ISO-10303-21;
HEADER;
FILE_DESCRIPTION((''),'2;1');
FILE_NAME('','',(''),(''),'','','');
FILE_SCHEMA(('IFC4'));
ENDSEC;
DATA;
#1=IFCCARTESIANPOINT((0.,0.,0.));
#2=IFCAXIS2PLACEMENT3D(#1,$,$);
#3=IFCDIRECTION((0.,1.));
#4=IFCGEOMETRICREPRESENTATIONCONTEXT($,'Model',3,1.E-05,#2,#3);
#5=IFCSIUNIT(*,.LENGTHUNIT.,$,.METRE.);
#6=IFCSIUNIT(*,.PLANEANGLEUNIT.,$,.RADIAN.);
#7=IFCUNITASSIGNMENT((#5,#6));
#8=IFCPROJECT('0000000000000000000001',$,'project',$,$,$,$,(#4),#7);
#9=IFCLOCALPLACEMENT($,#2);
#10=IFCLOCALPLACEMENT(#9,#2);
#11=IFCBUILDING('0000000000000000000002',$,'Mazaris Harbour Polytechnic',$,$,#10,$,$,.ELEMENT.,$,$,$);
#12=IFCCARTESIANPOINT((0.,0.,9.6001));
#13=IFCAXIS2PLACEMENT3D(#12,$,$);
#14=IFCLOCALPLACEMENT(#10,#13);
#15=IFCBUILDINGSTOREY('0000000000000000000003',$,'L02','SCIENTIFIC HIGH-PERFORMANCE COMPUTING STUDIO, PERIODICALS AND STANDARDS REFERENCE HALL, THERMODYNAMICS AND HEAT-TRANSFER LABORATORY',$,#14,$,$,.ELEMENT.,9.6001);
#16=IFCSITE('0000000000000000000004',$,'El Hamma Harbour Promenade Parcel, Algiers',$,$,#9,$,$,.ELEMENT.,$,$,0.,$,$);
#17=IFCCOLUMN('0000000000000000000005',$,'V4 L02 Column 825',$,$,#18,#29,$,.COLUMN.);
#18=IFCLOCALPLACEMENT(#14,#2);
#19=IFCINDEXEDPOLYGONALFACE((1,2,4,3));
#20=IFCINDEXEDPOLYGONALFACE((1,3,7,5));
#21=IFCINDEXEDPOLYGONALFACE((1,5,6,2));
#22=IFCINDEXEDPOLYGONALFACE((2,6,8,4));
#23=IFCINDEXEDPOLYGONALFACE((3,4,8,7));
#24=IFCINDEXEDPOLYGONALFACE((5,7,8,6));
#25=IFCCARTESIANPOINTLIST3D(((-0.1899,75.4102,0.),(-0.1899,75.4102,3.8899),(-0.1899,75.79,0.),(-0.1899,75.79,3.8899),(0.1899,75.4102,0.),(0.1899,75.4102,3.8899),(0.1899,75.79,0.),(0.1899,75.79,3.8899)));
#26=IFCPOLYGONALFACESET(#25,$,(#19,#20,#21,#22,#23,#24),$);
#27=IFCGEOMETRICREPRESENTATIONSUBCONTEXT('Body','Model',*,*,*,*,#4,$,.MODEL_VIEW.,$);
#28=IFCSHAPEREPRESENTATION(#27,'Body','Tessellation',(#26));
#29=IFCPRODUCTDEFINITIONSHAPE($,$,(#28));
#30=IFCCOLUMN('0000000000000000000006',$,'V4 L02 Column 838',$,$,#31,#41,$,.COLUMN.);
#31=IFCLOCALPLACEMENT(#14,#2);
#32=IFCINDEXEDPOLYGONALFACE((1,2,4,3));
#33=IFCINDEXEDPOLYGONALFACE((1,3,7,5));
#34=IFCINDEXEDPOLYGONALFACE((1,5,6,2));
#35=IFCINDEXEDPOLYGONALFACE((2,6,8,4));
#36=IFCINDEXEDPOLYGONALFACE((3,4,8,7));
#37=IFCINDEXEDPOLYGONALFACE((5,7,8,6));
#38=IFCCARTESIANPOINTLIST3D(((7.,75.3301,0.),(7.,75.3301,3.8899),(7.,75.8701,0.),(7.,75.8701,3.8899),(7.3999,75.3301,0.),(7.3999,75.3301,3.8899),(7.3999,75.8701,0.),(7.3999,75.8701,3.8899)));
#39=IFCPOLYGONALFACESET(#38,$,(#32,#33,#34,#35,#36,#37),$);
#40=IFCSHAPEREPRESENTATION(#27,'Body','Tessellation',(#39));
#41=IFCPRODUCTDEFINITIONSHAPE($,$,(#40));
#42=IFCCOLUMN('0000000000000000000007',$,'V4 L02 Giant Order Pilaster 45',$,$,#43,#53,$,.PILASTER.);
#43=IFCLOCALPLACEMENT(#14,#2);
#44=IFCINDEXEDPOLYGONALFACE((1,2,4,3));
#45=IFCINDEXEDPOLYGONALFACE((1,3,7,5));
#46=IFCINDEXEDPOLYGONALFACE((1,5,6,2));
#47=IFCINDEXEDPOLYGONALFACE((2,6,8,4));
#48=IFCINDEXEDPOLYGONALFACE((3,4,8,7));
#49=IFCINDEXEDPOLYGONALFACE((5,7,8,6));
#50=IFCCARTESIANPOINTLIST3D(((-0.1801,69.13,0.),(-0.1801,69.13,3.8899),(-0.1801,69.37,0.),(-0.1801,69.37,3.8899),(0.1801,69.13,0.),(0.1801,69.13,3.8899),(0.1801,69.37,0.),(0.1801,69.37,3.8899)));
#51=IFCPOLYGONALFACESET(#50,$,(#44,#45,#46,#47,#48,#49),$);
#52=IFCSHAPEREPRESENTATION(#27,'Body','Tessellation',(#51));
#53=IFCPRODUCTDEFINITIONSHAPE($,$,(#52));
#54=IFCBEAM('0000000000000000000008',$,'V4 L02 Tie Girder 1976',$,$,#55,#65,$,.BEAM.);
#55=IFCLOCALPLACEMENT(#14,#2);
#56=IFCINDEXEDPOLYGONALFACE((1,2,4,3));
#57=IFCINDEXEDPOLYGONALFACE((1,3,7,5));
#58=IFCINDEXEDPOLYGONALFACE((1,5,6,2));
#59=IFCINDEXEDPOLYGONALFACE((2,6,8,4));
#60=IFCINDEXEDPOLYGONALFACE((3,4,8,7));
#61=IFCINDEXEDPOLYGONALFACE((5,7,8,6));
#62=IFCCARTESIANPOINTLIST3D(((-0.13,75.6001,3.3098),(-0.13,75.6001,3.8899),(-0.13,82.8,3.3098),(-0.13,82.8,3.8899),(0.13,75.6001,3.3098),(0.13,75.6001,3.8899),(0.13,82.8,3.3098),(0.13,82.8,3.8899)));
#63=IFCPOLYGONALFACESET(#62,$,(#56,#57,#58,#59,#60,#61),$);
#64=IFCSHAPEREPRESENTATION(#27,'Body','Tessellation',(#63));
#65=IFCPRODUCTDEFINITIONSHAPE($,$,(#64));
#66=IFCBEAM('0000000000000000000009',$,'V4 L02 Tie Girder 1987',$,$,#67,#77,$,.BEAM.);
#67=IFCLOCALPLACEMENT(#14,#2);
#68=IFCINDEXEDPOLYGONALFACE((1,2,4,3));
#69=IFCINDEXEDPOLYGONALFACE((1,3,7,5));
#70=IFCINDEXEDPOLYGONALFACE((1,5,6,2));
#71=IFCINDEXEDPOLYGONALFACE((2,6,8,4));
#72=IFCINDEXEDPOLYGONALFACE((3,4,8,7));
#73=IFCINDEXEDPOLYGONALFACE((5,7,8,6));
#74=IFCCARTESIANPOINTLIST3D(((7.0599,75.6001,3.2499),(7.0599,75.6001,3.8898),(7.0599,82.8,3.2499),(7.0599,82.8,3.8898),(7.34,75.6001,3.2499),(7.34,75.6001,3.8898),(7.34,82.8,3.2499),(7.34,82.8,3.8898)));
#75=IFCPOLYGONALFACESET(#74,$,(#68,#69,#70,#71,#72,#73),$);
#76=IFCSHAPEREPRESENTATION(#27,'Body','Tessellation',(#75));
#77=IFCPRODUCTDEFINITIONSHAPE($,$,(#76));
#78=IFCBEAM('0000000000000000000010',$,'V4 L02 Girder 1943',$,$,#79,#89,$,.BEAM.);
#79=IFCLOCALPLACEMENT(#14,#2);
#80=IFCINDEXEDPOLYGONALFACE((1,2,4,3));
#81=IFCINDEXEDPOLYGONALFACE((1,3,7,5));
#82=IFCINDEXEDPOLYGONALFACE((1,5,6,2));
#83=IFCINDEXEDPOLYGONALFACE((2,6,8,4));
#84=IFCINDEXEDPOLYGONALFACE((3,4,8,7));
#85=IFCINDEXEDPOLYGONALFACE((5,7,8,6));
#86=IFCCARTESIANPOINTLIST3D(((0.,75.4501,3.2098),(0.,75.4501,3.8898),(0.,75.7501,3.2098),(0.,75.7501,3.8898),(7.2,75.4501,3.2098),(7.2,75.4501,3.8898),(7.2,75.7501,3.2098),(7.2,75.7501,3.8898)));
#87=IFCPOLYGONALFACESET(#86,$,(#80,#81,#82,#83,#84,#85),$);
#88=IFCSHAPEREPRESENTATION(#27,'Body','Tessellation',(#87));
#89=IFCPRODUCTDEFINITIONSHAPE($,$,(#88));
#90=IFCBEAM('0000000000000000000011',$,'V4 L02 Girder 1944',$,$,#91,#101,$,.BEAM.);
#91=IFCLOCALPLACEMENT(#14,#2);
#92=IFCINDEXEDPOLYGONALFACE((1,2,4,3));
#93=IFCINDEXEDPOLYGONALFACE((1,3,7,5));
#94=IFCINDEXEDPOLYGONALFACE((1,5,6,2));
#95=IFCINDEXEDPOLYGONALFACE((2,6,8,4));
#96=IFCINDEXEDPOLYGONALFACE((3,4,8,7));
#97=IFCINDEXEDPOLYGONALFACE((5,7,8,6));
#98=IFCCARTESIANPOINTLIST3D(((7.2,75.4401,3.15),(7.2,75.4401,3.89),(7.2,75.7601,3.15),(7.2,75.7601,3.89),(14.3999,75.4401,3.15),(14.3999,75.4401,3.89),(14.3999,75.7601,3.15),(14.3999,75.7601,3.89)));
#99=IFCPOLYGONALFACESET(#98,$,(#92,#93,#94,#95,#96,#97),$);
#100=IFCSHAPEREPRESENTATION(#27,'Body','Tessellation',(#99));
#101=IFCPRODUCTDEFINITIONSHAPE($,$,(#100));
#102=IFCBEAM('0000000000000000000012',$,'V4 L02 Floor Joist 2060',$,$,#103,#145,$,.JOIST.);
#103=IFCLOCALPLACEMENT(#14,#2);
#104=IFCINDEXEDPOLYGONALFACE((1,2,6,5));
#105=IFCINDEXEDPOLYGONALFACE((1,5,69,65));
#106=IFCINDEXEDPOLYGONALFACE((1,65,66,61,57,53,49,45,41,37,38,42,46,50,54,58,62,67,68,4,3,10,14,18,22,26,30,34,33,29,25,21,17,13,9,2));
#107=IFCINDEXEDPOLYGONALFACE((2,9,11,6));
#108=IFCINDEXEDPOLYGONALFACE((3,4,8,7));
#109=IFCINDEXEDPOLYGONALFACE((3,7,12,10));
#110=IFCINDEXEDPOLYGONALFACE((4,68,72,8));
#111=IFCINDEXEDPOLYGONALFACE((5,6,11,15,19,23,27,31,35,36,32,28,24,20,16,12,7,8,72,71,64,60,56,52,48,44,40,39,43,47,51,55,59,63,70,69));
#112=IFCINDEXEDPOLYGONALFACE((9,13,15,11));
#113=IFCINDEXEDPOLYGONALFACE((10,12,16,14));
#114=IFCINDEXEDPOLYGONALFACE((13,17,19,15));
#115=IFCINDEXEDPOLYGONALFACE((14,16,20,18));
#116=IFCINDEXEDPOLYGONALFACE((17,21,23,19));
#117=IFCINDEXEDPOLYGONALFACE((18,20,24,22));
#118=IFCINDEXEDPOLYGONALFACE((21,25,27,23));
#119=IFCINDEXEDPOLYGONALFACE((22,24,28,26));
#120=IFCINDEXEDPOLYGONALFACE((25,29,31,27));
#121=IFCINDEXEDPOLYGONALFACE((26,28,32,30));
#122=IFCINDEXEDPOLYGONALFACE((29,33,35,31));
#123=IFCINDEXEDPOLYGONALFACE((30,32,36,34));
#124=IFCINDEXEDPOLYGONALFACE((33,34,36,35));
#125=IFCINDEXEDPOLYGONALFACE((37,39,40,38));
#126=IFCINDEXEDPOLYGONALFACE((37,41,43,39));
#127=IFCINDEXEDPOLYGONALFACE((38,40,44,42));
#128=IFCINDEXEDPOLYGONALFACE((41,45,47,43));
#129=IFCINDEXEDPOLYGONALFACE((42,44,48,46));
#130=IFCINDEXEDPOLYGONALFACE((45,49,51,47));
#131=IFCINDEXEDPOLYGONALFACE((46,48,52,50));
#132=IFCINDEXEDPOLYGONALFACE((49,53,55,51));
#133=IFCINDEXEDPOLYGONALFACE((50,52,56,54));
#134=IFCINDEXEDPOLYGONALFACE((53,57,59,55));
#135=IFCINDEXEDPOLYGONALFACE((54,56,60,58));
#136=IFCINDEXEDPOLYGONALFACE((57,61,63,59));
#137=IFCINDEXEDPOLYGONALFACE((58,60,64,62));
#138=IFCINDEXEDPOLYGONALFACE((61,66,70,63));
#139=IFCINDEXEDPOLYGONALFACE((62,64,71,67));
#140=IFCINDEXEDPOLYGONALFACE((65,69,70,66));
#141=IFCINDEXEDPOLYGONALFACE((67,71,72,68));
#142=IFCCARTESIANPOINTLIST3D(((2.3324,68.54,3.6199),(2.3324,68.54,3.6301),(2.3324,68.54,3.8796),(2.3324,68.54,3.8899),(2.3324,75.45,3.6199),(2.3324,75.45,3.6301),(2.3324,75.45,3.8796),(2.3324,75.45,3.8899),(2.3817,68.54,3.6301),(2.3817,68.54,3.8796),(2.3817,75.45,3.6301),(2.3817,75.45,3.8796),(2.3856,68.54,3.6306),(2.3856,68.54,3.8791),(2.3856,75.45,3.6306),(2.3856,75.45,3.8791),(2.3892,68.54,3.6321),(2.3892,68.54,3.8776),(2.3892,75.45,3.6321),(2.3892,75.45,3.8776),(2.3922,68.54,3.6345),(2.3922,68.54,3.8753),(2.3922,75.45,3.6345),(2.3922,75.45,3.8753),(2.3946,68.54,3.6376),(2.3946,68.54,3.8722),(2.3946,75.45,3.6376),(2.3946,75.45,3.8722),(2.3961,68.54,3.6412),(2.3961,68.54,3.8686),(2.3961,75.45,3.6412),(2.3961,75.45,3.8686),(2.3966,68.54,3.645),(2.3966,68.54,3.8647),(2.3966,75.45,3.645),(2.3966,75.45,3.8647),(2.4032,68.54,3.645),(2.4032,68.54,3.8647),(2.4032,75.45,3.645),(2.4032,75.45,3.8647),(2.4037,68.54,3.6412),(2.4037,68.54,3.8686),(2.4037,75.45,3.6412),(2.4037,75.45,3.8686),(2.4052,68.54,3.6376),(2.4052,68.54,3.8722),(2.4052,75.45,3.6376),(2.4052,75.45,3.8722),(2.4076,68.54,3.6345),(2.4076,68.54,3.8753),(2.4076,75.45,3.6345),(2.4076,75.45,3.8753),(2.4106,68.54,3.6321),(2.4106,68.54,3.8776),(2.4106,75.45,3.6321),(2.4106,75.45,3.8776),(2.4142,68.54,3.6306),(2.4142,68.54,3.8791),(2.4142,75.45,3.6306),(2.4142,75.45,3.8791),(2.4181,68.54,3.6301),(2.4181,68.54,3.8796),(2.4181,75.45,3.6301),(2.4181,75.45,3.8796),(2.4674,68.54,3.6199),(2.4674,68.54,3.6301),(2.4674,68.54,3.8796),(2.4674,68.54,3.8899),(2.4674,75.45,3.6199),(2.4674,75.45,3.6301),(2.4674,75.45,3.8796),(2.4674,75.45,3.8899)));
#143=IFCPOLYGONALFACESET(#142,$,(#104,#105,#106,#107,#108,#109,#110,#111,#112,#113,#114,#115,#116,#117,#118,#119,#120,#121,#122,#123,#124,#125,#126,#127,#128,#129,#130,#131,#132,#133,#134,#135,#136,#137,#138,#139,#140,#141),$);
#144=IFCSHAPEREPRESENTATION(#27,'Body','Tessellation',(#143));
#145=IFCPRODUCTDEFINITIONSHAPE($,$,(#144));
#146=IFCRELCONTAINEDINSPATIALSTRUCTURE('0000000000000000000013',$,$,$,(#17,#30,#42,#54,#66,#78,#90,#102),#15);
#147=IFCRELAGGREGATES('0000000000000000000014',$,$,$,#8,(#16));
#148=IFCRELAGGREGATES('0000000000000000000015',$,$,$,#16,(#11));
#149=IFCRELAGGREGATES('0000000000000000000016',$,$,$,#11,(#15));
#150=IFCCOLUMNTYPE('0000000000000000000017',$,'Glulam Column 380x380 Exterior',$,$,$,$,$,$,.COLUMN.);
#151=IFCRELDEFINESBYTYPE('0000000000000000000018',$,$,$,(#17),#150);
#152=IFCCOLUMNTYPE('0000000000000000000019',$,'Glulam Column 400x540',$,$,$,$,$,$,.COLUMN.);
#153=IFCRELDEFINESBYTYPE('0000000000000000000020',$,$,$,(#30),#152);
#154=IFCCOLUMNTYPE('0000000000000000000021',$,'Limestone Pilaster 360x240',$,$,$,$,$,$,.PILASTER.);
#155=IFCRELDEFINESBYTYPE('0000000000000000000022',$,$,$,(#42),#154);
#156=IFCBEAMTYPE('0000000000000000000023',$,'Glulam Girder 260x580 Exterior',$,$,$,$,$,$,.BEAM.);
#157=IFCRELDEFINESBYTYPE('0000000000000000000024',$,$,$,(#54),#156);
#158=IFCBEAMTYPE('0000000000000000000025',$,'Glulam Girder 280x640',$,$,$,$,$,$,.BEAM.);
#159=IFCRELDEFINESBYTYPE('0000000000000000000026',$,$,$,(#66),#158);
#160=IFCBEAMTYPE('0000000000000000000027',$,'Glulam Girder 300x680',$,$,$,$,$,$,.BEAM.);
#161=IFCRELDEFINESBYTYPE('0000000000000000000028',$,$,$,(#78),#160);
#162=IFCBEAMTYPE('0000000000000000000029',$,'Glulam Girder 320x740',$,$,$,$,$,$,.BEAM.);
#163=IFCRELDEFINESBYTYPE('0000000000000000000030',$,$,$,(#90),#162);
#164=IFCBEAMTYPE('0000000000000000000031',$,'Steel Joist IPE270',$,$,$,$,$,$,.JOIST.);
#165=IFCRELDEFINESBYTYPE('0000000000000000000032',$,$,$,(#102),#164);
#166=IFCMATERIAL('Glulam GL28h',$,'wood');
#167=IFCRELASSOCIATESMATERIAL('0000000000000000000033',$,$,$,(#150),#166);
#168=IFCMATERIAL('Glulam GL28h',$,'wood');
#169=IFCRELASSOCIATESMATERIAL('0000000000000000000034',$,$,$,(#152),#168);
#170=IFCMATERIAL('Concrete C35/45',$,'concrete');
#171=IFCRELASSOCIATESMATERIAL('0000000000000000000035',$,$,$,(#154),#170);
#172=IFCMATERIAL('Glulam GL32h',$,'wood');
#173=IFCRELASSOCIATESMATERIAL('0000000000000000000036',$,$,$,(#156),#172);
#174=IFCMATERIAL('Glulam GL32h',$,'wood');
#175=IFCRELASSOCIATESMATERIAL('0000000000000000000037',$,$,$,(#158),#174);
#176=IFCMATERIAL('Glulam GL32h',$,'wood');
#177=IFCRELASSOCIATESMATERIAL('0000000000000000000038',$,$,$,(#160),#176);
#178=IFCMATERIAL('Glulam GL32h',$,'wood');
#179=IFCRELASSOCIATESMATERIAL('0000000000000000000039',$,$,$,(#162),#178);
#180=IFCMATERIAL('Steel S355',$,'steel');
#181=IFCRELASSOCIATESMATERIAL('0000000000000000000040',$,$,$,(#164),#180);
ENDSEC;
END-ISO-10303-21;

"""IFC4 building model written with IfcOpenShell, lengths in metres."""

from ifc_helpers import new_model, si_unit, direction, frame, origin, origin_2d, place, context, subcontext, project, spatial, rectangle, i_section, extrude, material, material_profile, profile_set, type_object, element, save


model = new_model("IFC4")

# Units and contexts
model_context = context("Model", 3, precision=1e-05, world=origin(), true_north=direction((0.0, 1.0)))
body_context = subcontext(model_context, "Body", "Model", "MODEL_VIEW")
ifc_project = project(units=[si_unit("LENGTHUNIT", "METRE"), si_unit("PLANEANGLEUNIT", "RADIAN")], contexts=[model_context])

# Site, building, storey
site_placement = place(None, origin())
site = spatial("IfcSite", under=ifc_project, at=site_placement, Name="El Hamma Harbour Promenade Parcel, Algiers", CompositionType="ELEMENT", RefElevation=0.0)
building_placement = place(site_placement, origin())
building = spatial("IfcBuilding", under=site, at=building_placement, Name="Mazaris Harbour Polytechnic", CompositionType="ELEMENT")
storey_placement = place(building_placement, frame((0.0, 0.0, 9.6001)))
storey = spatial("IfcBuildingStorey", under=building, at=storey_placement, Name="L02", Description="SCIENTIFIC HIGH-PERFORMANCE COMPUTING STUDIO, PERIODICALS AND STANDARDS REFERENCE HALL, THERMODYNAMICS AND HEAT-TRANSFER LABORATORY", CompositionType="ELEMENT", Elevation=9.6001)

# Columns
ifc_material_1 = material(Name="Glulam GL28h", Category="wood")
ifc_material_profile_1 = material_profile(ifc_material_1, rectangle(XDim=0.3799, YDim=0.3799, at=origin_2d()), Name="RECT380x380")
ifc_profile_set_1 = profile_set([ifc_material_profile_1], Name="Glulam GL28h")
column_type_1 = type_object("IfcColumnType", Name="Glulam Column 380x380 Exterior", PredefinedType="COLUMN", material=ifc_profile_set_1)
column_1_placement = place(storey_placement, frame((0.0, 75.6001, 0.0), z_axis=(0.0, 0.0, 1.0), x_axis=(1.0, 0.0, 0.0)))
element("IfcColumn", 1, at=column_1_placement, inside=storey, type_object=column_type_1, Name="V4 L02 Column 825", PredefinedType="COLUMN", context=body_context, shape_type="SweptSolid", body=[
    extrude(rectangle(XDim=0.3799, YDim=0.3799, at=origin_2d()), origin(), (0.0, 0.0, 1.0), 3.8899),
])
ifc_material_2 = material(Name="Glulam GL28h", Category="wood")
ifc_material_profile_2 = material_profile(ifc_material_2, rectangle(XDim=0.3999, YDim=0.54, at=origin_2d()), Name="RECT400x540")
ifc_profile_set_2 = profile_set([ifc_material_profile_2], Name="Glulam GL28h")
column_type_2 = type_object("IfcColumnType", Name="Glulam Column 400x540", PredefinedType="COLUMN", material=ifc_profile_set_2)
column_2_placement = place(storey_placement, frame((7.2, 75.6001, 0.0), z_axis=(0.0, 0.0, 1.0), x_axis=(1.0, 0.0, 0.0)))
element("IfcColumn", 2, at=column_2_placement, inside=storey, type_object=column_type_2, Name="V4 L02 Column 838", PredefinedType="COLUMN", context=body_context, shape_type="SweptSolid", body=[
    extrude(rectangle(XDim=0.3999, YDim=0.54, at=origin_2d()), origin(), (0.0, 0.0, 1.0), 3.8899),
])
ifc_material_3 = material(Name="Concrete C35/45", Category="concrete")
ifc_material_profile_3 = material_profile(ifc_material_3, rectangle(XDim=0.3601, YDim=0.24, at=origin_2d()), Name="RECT360x240")
ifc_profile_set_3 = profile_set([ifc_material_profile_3], Name="Concrete C35/45")
column_type_3 = type_object("IfcColumnType", Name="Limestone Pilaster 360x240", PredefinedType="PILASTER", material=ifc_profile_set_3)
column_3_placement = place(storey_placement, frame((0.0, 69.25, 0.0), z_axis=(0.0, 0.0, 1.0), x_axis=(1.0, 0.0, 0.0)))
element("IfcColumn", 3, at=column_3_placement, inside=storey, type_object=column_type_3, Name="V4 L02 Giant Order Pilaster 45", PredefinedType="PILASTER", context=body_context, shape_type="SweptSolid", body=[
    extrude(rectangle(XDim=0.3601, YDim=0.24, at=origin_2d()), origin(), (0.0, 0.0, 1.0), 3.8899),
])

# Beams
ifc_material_4 = material(Name="Glulam GL32h", Category="wood")
ifc_material_profile_4 = material_profile(ifc_material_4, rectangle(XDim=0.26, YDim=0.5801, at=origin_2d()), Name="RECT260x580")
ifc_profile_set_4 = profile_set([ifc_material_profile_4], Name="Glulam GL32h")
beam_type_1 = type_object("IfcBeamType", Name="Glulam Girder 260x580 Exterior", PredefinedType="BEAM", material=ifc_profile_set_4)
beam_1_placement = place(storey_placement, frame((0.0, 75.6001, 3.5999), z_axis=(0.0, 1.0, 0.0), x_axis=(-1.0, 0.0, 0.0)))
element("IfcBeam", 4, at=beam_1_placement, inside=storey, type_object=beam_type_1, Name="V4 L02 Tie Girder 1976", PredefinedType="BEAM", context=body_context, shape_type="SweptSolid", body=[
    extrude(rectangle(XDim=0.26, YDim=0.5801, at=origin_2d()), origin(), (0.0, 0.0, 1.0), 7.2),
])
ifc_material_5 = material(Name="Glulam GL32h", Category="wood")
ifc_material_profile_5 = material_profile(ifc_material_5, rectangle(XDim=0.28, YDim=0.6399, at=origin_2d()), Name="RECT280x640")
ifc_profile_set_5 = profile_set([ifc_material_profile_5], Name="Glulam GL32h")
beam_type_2 = type_object("IfcBeamType", Name="Glulam Girder 280x640", PredefinedType="BEAM", material=ifc_profile_set_5)
beam_2_placement = place(storey_placement, frame((7.2, 75.6001, 3.5698), z_axis=(0.0, 1.0, 0.0), x_axis=(-1.0, 0.0, 0.0)))
element("IfcBeam", 5, at=beam_2_placement, inside=storey, type_object=beam_type_2, Name="V4 L02 Tie Girder 1987", PredefinedType="BEAM", context=body_context, shape_type="SweptSolid", body=[
    extrude(rectangle(XDim=0.28, YDim=0.6399, at=origin_2d()), origin(), (0.0, 0.0, 1.0), 7.2),
])
ifc_material_6 = material(Name="Glulam GL32h", Category="wood")
ifc_material_profile_6 = material_profile(ifc_material_6, rectangle(XDim=0.3, YDim=0.6799, at=origin_2d()), Name="RECT300x680")
ifc_profile_set_6 = profile_set([ifc_material_profile_6], Name="Glulam GL32h")
beam_type_3 = type_object("IfcBeamType", Name="Glulam Girder 300x680", PredefinedType="BEAM", material=ifc_profile_set_6)
beam_3_placement = place(storey_placement, frame((0.0, 75.6001, 3.5498), z_axis=(1.0, 0.0, 0.0), x_axis=(0.0, 1.0, 0.0)))
element("IfcBeam", 6, at=beam_3_placement, inside=storey, type_object=beam_type_3, Name="V4 L02 Girder 1943", PredefinedType="BEAM", context=body_context, shape_type="SweptSolid", body=[
    extrude(rectangle(XDim=0.3, YDim=0.6799, at=origin_2d()), origin(), (0.0, 0.0, 1.0), 7.2),
])
ifc_material_7 = material(Name="Glulam GL32h", Category="wood")
ifc_material_profile_7 = material_profile(ifc_material_7, rectangle(XDim=0.3201, YDim=0.74, at=origin_2d()), Name="RECT320x740")
ifc_profile_set_7 = profile_set([ifc_material_profile_7], Name="Glulam GL32h")
beam_type_4 = type_object("IfcBeamType", Name="Glulam Girder 320x740", PredefinedType="BEAM", material=ifc_profile_set_7)
beam_4_placement = place(storey_placement, frame((7.2, 75.6001, 3.52), z_axis=(1.0, 0.0, 0.0), x_axis=(0.0, 1.0, 0.0)))
element("IfcBeam", 7, at=beam_4_placement, inside=storey, type_object=beam_type_4, Name="V4 L02 Girder 1944", PredefinedType="BEAM", context=body_context, shape_type="SweptSolid", body=[
    extrude(rectangle(XDim=0.3201, YDim=0.74, at=origin_2d()), origin(), (0.0, 0.0, 1.0), 7.2),
])
ifc_material_8 = material(Name="Steel S355", Category="steel")
ifc_material_profile_8 = material_profile(ifc_material_8, i_section(OverallWidth=0.135, OverallDepth=0.27, WebThickness=0.0066, FlangeThickness=0.0103, FilletRadius=0.0149, at=origin_2d()), Name="IPE 270")
ifc_profile_set_8 = profile_set([ifc_material_profile_8], Name="Steel S355")
beam_type_5 = type_object("IfcBeamType", Name="Steel Joist IPE270", PredefinedType="JOIST", material=ifc_profile_set_8)
beam_5_placement = place(storey_placement, frame((2.3999, 68.54, 3.7549), z_axis=(0.0, 1.0, 0.0), x_axis=(-1.0, 0.0, 0.0)))
element("IfcBeam", 8, at=beam_5_placement, inside=storey, type_object=beam_type_5, Name="V4 L02 Floor Joist 2060", PredefinedType="JOIST", context=body_context, shape_type="SweptSolid", body=[
    extrude(i_section(OverallWidth=0.135, OverallDepth=0.27, WebThickness=0.0066, FlangeThickness=0.0103, FilletRadius=0.0149, at=origin_2d()), origin(), (0.0, 0.0, 1.0), 6.9099),
])

save(model, "model.ifc")
